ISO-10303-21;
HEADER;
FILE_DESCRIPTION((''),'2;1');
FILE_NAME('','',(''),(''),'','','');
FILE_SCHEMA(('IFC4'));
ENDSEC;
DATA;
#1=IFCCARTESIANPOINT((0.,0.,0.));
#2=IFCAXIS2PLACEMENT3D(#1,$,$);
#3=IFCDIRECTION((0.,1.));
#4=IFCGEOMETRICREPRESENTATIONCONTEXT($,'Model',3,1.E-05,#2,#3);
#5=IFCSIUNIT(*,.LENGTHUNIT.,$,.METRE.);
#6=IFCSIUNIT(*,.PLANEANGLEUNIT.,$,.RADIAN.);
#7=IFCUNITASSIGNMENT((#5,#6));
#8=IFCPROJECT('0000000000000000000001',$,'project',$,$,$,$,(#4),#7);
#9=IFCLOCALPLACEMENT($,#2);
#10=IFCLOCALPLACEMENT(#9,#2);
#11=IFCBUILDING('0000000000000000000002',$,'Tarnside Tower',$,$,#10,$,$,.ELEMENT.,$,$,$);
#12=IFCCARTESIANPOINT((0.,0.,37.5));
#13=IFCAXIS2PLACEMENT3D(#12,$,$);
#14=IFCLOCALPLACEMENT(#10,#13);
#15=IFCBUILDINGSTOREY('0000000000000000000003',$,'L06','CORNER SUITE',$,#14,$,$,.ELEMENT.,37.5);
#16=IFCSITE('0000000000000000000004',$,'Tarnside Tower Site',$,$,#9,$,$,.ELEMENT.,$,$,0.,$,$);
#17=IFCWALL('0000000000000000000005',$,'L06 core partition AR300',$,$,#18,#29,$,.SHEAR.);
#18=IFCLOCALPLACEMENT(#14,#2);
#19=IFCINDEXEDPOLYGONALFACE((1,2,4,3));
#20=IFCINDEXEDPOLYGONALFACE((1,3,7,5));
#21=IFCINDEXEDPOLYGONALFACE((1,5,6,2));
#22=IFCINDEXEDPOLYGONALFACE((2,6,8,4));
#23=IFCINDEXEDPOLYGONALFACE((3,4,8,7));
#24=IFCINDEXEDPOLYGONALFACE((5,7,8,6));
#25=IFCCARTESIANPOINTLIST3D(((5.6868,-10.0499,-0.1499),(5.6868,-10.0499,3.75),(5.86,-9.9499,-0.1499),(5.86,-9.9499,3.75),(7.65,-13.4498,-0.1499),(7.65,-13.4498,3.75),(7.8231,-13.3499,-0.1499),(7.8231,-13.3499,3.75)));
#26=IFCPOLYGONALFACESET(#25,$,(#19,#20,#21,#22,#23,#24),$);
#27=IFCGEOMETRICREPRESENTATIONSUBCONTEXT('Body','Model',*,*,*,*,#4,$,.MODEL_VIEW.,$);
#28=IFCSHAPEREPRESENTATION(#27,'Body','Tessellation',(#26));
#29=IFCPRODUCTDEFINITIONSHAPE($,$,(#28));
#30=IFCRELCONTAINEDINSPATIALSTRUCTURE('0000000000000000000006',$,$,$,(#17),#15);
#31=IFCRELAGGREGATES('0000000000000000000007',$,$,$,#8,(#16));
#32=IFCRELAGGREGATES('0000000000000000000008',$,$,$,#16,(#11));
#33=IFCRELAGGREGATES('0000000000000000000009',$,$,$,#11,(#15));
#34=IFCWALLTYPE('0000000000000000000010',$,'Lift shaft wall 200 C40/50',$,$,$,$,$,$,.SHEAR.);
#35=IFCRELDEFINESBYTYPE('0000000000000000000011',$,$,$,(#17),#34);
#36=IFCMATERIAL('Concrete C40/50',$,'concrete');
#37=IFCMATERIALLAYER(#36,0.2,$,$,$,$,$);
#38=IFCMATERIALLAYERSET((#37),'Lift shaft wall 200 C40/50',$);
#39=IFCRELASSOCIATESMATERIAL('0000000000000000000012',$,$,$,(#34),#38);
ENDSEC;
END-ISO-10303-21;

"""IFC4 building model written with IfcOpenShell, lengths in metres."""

from ifc_helpers import new_model, si_unit, direction, frame, frame_2d, origin, place, context, subcontext, project, spatial, rectangle, extrude, material, layer, layer_set, type_object, element, save


model = new_model("IFC4")

# Units and contexts
model_context = context("Model", 3, precision=1e-05, world=origin(), true_north=direction((0.0, 1.0)))
body_context = subcontext(model_context, "Body", "Model", "MODEL_VIEW")
ifc_project = project(units=[si_unit("LENGTHUNIT", "METRE"), si_unit("PLANEANGLEUNIT", "RADIAN")], contexts=[model_context])

# Site, building, storey
site_placement = place(None, origin())
site = spatial("IfcSite", under=ifc_project, at=site_placement, Name="Tarnside Tower Site", CompositionType="ELEMENT", RefElevation=0.0)
building_placement = place(site_placement, origin())
building = spatial("IfcBuilding", under=site, at=building_placement, Name="Tarnside Tower", CompositionType="ELEMENT")
storey_placement = place(building_placement, frame((0.0, 0.0, 37.5)))
storey = spatial("IfcBuildingStorey", under=building, at=storey_placement, Name="L06", Description="CORNER SUITE", CompositionType="ELEMENT", Elevation=37.5)

# Wall
ifc_material_1 = material(Name="Concrete C40/50", Category="concrete")
ifc_layer_1 = layer(ifc_material_1, 0.2)
ifc_layer_set_1 = layer_set([ifc_layer_1], Name="Lift shaft wall 200 C40/50")
wall_type_1 = type_object("IfcWallType", Name="Lift shaft wall 200 C40/50", PredefinedType="SHEAR", material=ifc_layer_set_1)
wall_1_placement = place(storey_placement, frame((5.7734, -10.0, -0.1499), z_axis=(0.0, 0.0, 1.0), x_axis=(0.500038, -0.866003, 0.0)))
element("IfcWall", 1, at=wall_1_placement, inside=storey, type_object=wall_type_1, Name="L06 core partition AR300", PredefinedType="SHEAR", context=body_context, shape_type="SweptSolid", body=[
    extrude(rectangle(XDim=3.926, YDim=0.2, at=frame_2d((1.9629, 0.0))), origin(), (0.0, 0.0, 1.0), 3.8999),
])

save(model, "model.ifc")
